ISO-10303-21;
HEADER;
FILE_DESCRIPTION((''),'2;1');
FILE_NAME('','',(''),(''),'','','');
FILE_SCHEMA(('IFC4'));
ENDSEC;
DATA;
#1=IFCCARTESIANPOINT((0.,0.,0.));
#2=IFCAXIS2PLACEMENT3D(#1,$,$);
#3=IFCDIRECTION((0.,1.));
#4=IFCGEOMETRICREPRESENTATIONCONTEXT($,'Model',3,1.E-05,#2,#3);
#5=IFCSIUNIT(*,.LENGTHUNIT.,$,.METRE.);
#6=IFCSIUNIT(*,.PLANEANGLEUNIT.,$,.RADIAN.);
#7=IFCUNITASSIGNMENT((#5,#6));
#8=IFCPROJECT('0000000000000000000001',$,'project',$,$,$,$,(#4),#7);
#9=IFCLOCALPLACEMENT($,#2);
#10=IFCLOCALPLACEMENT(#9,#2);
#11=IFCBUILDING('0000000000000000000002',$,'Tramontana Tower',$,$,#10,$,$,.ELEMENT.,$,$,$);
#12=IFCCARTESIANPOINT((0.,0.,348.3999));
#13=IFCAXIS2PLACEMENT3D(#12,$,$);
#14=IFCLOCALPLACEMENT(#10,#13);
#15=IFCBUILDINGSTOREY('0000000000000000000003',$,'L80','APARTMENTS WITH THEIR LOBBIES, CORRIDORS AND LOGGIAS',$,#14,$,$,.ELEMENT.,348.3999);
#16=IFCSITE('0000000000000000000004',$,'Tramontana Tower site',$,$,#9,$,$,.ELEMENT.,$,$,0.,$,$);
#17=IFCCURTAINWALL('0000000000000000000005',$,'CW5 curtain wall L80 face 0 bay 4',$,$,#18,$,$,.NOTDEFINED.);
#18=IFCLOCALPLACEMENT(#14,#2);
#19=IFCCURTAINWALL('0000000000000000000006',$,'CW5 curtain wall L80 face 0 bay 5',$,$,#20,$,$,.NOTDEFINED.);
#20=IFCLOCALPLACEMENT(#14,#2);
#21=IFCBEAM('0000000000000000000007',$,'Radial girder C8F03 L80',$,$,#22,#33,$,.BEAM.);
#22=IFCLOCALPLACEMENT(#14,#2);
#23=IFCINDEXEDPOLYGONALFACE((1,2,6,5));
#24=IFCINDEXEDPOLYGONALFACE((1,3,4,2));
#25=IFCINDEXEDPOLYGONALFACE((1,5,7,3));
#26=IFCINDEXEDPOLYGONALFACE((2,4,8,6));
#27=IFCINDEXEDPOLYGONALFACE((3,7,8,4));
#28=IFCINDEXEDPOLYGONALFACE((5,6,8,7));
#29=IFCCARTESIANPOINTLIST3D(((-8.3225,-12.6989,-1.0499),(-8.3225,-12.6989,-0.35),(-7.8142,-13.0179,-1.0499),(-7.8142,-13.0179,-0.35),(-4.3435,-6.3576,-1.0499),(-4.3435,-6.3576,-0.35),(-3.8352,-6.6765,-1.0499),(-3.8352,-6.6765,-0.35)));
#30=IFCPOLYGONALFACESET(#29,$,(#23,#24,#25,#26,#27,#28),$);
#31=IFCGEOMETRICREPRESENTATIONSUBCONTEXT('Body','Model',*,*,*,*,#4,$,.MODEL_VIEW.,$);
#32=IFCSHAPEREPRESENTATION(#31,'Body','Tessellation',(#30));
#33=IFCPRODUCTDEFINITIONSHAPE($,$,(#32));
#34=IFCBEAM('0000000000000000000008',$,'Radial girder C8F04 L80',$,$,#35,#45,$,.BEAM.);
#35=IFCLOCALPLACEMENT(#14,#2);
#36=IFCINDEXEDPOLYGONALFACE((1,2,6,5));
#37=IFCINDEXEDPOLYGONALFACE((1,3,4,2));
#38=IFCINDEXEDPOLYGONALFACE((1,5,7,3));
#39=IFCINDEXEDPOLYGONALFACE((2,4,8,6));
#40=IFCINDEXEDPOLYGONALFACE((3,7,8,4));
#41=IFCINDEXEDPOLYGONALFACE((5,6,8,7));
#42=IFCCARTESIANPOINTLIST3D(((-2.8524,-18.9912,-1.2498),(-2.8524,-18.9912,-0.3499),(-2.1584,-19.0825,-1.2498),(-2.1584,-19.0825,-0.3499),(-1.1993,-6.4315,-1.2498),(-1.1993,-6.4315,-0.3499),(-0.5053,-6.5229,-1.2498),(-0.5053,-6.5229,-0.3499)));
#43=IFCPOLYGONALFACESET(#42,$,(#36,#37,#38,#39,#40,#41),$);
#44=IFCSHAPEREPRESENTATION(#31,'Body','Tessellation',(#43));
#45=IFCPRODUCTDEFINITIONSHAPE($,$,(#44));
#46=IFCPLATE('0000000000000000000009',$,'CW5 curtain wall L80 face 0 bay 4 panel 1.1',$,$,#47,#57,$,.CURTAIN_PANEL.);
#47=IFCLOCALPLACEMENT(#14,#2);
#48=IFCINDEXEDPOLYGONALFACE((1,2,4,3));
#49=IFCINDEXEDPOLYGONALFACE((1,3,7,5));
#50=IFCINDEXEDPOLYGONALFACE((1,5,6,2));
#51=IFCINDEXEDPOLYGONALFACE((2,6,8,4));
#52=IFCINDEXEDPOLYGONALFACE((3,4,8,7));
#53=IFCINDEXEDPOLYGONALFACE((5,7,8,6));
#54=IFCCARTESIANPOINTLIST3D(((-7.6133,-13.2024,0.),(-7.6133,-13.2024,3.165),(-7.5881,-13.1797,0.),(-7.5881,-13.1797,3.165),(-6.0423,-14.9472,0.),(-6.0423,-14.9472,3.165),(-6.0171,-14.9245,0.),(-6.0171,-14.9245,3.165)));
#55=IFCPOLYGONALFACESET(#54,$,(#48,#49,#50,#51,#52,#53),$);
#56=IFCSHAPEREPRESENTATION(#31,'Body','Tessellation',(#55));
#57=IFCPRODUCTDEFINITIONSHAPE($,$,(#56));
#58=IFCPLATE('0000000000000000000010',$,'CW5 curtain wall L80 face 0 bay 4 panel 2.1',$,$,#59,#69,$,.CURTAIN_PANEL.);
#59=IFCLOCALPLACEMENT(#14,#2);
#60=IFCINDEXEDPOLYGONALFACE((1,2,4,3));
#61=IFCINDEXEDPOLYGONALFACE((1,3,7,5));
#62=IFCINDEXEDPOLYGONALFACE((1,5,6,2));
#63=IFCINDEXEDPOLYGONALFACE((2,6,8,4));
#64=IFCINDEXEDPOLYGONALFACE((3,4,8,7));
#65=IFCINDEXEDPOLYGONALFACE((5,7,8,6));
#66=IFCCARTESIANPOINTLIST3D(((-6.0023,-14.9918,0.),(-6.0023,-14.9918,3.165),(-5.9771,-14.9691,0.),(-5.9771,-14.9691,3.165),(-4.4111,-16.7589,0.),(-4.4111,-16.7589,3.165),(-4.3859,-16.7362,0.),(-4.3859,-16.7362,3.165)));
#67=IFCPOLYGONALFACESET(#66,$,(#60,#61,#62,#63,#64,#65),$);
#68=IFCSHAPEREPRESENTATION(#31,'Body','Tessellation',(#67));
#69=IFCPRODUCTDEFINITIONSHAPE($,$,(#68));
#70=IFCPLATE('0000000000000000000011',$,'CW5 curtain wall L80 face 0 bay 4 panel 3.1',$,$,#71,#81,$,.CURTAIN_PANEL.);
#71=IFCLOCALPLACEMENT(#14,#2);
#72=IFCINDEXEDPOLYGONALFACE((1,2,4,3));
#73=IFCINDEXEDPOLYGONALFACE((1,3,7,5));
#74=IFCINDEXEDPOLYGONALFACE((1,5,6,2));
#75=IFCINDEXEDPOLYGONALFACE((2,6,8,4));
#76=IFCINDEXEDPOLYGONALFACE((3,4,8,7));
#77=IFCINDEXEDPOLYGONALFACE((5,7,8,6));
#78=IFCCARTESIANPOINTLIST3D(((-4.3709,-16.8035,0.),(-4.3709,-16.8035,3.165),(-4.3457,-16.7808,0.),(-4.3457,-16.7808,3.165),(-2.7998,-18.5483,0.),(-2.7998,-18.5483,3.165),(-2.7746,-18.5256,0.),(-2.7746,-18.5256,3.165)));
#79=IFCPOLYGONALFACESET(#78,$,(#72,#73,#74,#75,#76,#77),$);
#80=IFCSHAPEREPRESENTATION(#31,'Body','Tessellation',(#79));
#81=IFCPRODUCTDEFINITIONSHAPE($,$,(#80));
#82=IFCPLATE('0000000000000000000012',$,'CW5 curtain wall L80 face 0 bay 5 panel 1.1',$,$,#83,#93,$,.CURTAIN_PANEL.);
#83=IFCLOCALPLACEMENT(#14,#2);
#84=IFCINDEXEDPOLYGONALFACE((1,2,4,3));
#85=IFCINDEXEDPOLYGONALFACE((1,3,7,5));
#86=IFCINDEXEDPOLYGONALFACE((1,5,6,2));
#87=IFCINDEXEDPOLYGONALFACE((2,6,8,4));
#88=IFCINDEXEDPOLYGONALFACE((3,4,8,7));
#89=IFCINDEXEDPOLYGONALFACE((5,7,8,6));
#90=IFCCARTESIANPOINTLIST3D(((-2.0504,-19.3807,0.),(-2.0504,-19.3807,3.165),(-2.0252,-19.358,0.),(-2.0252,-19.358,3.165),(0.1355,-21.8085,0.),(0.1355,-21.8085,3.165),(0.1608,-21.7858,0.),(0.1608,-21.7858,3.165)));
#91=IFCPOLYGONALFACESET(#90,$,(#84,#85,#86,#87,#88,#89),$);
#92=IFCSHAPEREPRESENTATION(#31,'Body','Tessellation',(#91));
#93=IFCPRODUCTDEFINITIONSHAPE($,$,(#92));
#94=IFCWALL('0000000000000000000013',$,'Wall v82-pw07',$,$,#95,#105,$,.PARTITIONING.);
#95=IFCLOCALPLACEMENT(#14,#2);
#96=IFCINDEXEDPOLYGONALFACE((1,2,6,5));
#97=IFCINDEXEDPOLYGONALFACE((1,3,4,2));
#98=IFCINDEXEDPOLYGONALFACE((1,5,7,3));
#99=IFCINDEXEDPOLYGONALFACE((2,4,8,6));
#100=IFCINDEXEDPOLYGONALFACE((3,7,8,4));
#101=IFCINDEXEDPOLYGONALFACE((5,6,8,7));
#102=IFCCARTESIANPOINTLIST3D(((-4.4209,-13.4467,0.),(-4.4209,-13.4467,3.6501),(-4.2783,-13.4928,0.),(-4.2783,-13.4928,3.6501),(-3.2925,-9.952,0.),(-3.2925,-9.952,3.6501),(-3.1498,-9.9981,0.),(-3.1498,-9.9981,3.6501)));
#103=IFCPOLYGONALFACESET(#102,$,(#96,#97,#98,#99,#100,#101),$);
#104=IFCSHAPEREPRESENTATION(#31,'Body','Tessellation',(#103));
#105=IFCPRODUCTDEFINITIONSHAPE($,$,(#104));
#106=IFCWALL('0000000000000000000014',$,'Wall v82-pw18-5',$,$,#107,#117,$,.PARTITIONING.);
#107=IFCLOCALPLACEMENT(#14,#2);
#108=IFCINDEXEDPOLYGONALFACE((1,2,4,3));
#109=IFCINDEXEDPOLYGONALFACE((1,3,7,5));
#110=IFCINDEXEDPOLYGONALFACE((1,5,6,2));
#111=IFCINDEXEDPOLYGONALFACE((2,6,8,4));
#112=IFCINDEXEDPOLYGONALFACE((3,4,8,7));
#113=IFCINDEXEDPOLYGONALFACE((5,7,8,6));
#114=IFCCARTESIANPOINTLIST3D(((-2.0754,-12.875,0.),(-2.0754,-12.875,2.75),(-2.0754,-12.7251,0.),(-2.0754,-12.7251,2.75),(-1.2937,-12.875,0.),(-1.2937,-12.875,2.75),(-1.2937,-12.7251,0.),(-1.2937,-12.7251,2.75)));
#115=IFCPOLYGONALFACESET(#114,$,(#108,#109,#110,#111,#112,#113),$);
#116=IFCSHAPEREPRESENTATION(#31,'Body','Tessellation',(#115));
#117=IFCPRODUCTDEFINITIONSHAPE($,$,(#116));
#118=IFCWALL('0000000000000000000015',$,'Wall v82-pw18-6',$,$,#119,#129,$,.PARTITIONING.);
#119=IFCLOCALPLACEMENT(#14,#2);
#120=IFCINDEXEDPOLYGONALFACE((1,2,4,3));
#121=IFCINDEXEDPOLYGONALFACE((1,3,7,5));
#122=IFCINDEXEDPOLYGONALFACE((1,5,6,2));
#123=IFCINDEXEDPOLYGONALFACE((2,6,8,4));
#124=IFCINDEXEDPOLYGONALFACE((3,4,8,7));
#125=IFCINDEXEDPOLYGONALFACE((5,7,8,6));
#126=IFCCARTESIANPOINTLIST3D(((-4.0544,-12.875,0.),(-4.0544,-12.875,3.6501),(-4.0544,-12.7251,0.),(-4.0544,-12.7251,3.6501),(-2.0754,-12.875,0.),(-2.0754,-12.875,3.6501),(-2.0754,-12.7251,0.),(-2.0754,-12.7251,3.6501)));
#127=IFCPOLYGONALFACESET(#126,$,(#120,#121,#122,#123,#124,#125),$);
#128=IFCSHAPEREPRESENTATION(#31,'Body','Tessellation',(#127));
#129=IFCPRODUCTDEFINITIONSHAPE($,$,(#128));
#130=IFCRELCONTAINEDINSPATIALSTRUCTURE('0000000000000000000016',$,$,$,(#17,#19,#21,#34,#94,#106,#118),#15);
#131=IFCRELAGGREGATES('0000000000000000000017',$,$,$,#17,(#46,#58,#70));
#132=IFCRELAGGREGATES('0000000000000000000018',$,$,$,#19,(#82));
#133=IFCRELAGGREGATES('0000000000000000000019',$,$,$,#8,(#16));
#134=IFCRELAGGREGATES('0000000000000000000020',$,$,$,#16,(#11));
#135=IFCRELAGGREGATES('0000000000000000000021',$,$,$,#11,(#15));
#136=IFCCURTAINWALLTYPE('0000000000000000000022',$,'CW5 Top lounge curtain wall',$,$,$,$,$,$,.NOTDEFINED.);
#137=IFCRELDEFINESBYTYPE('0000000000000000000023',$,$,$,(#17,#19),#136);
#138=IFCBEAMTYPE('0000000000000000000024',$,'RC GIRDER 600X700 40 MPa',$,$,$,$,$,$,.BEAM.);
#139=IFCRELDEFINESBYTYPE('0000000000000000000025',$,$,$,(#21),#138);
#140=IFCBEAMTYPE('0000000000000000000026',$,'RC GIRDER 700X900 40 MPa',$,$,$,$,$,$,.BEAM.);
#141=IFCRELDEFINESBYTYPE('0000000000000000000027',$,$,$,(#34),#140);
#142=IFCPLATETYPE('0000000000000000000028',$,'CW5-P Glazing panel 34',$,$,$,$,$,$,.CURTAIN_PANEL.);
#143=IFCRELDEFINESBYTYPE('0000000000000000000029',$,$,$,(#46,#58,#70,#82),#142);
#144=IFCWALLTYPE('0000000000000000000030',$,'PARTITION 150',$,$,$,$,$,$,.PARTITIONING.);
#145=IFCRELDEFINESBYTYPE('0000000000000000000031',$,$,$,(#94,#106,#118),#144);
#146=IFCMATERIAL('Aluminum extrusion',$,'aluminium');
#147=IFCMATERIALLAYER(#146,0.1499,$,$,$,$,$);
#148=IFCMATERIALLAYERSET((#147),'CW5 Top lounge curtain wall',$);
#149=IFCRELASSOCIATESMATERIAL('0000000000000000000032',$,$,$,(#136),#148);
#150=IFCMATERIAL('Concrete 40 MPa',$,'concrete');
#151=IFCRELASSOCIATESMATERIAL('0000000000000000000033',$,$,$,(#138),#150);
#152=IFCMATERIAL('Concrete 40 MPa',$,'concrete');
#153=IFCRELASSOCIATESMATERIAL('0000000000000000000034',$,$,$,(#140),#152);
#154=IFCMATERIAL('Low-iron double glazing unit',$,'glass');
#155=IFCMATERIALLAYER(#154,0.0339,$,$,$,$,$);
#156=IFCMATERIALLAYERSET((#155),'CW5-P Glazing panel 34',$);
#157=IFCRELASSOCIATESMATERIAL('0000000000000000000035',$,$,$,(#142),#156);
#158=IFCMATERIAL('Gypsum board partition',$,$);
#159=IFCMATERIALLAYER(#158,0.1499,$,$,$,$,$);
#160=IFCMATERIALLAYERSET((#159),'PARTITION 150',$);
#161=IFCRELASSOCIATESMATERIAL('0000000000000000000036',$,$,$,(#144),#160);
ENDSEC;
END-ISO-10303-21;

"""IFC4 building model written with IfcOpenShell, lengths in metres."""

from ifc_helpers import new_model, si_unit, direction, frame, frame_2d, origin, origin_2d, place, context, subcontext, project, spatial, rectangle, extrude, material, layer, layer_set, material_profile, profile_set, type_object, element, aggregate, save


model = new_model("IFC4")

# Units and contexts
model_context = context("Model", 3, precision=1e-05, world=origin(), true_north=direction((0.0, 1.0)))
body_context = subcontext(model_context, "Body", "Model", "MODEL_VIEW")
ifc_project = project(units=[si_unit("LENGTHUNIT", "METRE"), si_unit("PLANEANGLEUNIT", "RADIAN")], contexts=[model_context])

# Site, building, storey
site_placement = place(None, origin())
site = spatial("IfcSite", under=ifc_project, at=site_placement, Name="Tramontana Tower site", CompositionType="ELEMENT", RefElevation=0.0)
building_placement = place(site_placement, origin())
building = spatial("IfcBuilding", under=site, at=building_placement, Name="Tramontana Tower", CompositionType="ELEMENT")
storey_placement = place(building_placement, frame((0.0, 0.0, 348.3999)))
storey = spatial("IfcBuildingStorey", under=building, at=storey_placement, Name="L80", Description="APARTMENTS WITH THEIR LOBBIES, CORRIDORS AND LOGGIAS", CompositionType="ELEMENT", Elevation=348.3999)

# Shared definitions
ifc_material_1 = material(Name="Aluminum extrusion", Category="aluminium")
ifc_layer_1 = layer(ifc_material_1, 0.1499)
ifc_layer_set_1 = layer_set([ifc_layer_1], Name="CW5 Top lounge curtain wall")
curtain_wall_type = type_object("IfcCurtainWallType", Name="CW5 Top lounge curtain wall", PredefinedType="NOTDEFINED", material=ifc_layer_set_1)

# Curtain walls
curtain_wall_1_placement = place(storey_placement, origin())
curtain_wall_1 = element("IfcCurtainWall", 1, at=curtain_wall_1_placement, inside=storey, type_object=curtain_wall_type, Name="CW5 curtain wall L80 face 0 bay 4", PredefinedType="NOTDEFINED")
curtain_wall_2_placement = place(storey_placement, origin())
curtain_wall_2 = element("IfcCurtainWall", 2, at=curtain_wall_2_placement, inside=storey, type_object=curtain_wall_type, Name="CW5 curtain wall L80 face 0 bay 5", PredefinedType="NOTDEFINED")

# Beams
ifc_material_2 = material(Name="Concrete 40 MPa", Category="concrete")
ifc_material_profile_1 = material_profile(ifc_material_2, rectangle(XDim=0.6001, YDim=0.7, at=origin_2d()), Name="RC GIRDER 600X700 40 MPa")
ifc_profile_set_1 = profile_set([ifc_material_profile_1], Name="Concrete 40 MPa")
beam_type_1 = type_object("IfcBeamType", Name="RC GIRDER 600X700 40 MPa", PredefinedType="BEAM", material=ifc_profile_set_1)
beam_1_placement = place(storey_placement, frame((-8.0684, -12.8584, -0.7), z_axis=(0.531505, 0.847055, 0.0), x_axis=(-0.847055, 0.531505, 0.0)))
element("IfcBeam", 3, at=beam_1_placement, inside=storey, type_object=beam_type_1, Name="Radial girder C8F03 L80", PredefinedType="BEAM", context=body_context, shape_type="SweptSolid", body=[
    extrude(rectangle(XDim=0.6001, YDim=0.7, at=origin_2d()), origin(), (0.0, 0.0, 1.0), 7.4863),
])
ifc_material_3 = material(Name="Concrete 40 MPa", Category="concrete")
ifc_material_profile_2 = material_profile(ifc_material_3, rectangle(XDim=0.7, YDim=0.8999, at=origin_2d()), Name="RC GIRDER 700X900 40 MPa")
ifc_profile_set_2 = profile_set([ifc_material_profile_2], Name="Concrete 40 MPa")
beam_type_2 = type_object("IfcBeamType", Name="RC GIRDER 700X900 40 MPa", PredefinedType="BEAM", material=ifc_profile_set_2)
beam_2_placement = place(storey_placement, frame((-2.5054, -19.0369, -0.7998), z_axis=(0.130493, 0.991449, 0.0), x_axis=(-0.991449, 0.130493, 0.0)))
element("IfcBeam", 4, at=beam_2_placement, inside=storey, type_object=beam_type_2, Name="Radial girder C8F04 L80", PredefinedType="BEAM", context=body_context, shape_type="SweptSolid", body=[
    extrude(rectangle(XDim=0.7, YDim=0.8999, at=origin_2d()), origin(), (0.0, 0.0, 1.0), 12.668),
])

# Plates
ifc_material_4 = material(Name="Low-iron double glazing unit", Category="glass")
ifc_layer_2 = layer(ifc_material_4, 0.0339)
ifc_layer_set_2 = layer_set([ifc_layer_2], Name="CW5-P Glazing panel 34")
plate_type = type_object("IfcPlateType", Name="CW5-P Glazing panel 34", PredefinedType="CURTAIN_PANEL", material=ifc_layer_set_2)
plate_1_placement = place(storey_placement, frame((-6.8152, -14.0635, 0.0), z_axis=(0.0, 0.0, 1.0), x_axis=(0.669131, -0.743145, 0.0)))
plate_1 = element("IfcPlate", 5, at=plate_1_placement, type_object=plate_type, Name="CW5 curtain wall L80 face 0 bay 4 panel 1.1", PredefinedType="CURTAIN_PANEL", context=body_context, shape_type="SweptSolid", body=[
    extrude(rectangle(XDim=2.3479, YDim=0.0339, at=origin_2d()), origin(), (0.0, 0.0, 1.0), 3.165),
])
plate_2_placement = place(storey_placement, frame((-5.1941, -15.864, 0.0), z_axis=(0.0, 0.0, 1.0), x_axis=(0.669131, -0.743145, 0.0)))
plate_2 = element("IfcPlate", 6, at=plate_2_placement, type_object=plate_type, Name="CW5 curtain wall L80 face 0 bay 4 panel 2.1", PredefinedType="CURTAIN_PANEL", context=body_context, shape_type="SweptSolid", body=[
    extrude(rectangle(XDim=2.3779, YDim=0.0339, at=origin_2d()), origin(), (0.0, 0.0, 1.0), 3.165),
])
plate_3_placement = place(storey_placement, frame((-3.5728, -17.6646, 0.0), z_axis=(0.0, 0.0, 1.0), x_axis=(0.669131, -0.743145, 0.0)))
plate_3 = element("IfcPlate", 7, at=plate_3_placement, type_object=plate_type, Name="CW5 curtain wall L80 face 0 bay 4 panel 3.1", PredefinedType="CURTAIN_PANEL", context=body_context, shape_type="SweptSolid", body=[
    extrude(rectangle(XDim=2.3479, YDim=0.0339, at=origin_2d()), origin(), (0.0, 0.0, 1.0), 3.165),
])
aggregate(curtain_wall_1, [plate_1, plate_2, plate_3])
plate_4_placement = place(storey_placement, frame((-0.9448, -20.5833, 0.0), z_axis=(0.0, 0.0, 1.0), x_axis=(0.669131, -0.743145, 0.0)))
plate_4 = element("IfcPlate", 8, at=plate_4_placement, type_object=plate_type, Name="CW5 curtain wall L80 face 0 bay 5 panel 1.1", PredefinedType="CURTAIN_PANEL", context=body_context, shape_type="SweptSolid", body=[
    extrude(rectangle(XDim=3.2668, YDim=0.0339, at=origin_2d()), origin(), (0.0, 0.0, 1.0), 3.165),
])
aggregate(curtain_wall_2, [plate_4])

# Wall
ifc_material_5 = material(Name="Gypsum board partition")
ifc_layer_3 = layer(ifc_material_5, 0.1499)
ifc_layer_set_3 = layer_set([ifc_layer_3], Name="PARTITION 150")
wall_type = type_object("IfcWallType", Name="PARTITION 150", PredefinedType="PARTITIONING", material=ifc_layer_set_3)
wall_1_placement = place(storey_placement, frame((-4.3496, -13.4697, 0.0), z_axis=(0.0, 0.0, 1.0), x_axis=(0.307279, 0.95162, 0.0)))
element("IfcWall", 9, at=wall_1_placement, inside=storey, type_object=wall_type, Name="Wall v82-pw07", PredefinedType="PARTITIONING", context=body_context, shape_type="SweptSolid", body=[
    extrude(rectangle(XDim=3.6724, YDim=0.1499, at=frame_2d((1.8362, 0.0))), origin(), (0.0, 0.0, 1.0), 3.6501),
])

# Walls
wall_2_placement = place(storey_placement, frame((-1.2937, -12.8, 0.0), z_axis=(0.0, 0.0, 1.0), x_axis=(-1.0, 0.0, 0.0)))
element("IfcWall", 10, at=wall_2_placement, inside=storey, type_object=wall_type, Name="Wall v82-pw18-5", PredefinedType="PARTITIONING", context=body_context, shape_type="SweptSolid", body=[
    extrude(rectangle(XDim=0.7817, YDim=0.1499, at=frame_2d((0.3909, 0.0))), origin(), (0.0, 0.0, 1.0), 2.75),
])
wall_3_placement = place(storey_placement, frame((-2.0754, -12.8, 0.0), z_axis=(0.0, 0.0, 1.0), x_axis=(-1.0, 0.0, 0.0)))
element("IfcWall", 11, at=wall_3_placement, inside=storey, type_object=wall_type, Name="Wall v82-pw18-6", PredefinedType="PARTITIONING", context=body_context, shape_type="SweptSolid", body=[
    extrude(rectangle(XDim=1.979, YDim=0.1499, at=frame_2d((0.9895, 0.0))), origin(), (0.0, 0.0, 1.0), 3.6501),
])

save(model, "model.ifc")
